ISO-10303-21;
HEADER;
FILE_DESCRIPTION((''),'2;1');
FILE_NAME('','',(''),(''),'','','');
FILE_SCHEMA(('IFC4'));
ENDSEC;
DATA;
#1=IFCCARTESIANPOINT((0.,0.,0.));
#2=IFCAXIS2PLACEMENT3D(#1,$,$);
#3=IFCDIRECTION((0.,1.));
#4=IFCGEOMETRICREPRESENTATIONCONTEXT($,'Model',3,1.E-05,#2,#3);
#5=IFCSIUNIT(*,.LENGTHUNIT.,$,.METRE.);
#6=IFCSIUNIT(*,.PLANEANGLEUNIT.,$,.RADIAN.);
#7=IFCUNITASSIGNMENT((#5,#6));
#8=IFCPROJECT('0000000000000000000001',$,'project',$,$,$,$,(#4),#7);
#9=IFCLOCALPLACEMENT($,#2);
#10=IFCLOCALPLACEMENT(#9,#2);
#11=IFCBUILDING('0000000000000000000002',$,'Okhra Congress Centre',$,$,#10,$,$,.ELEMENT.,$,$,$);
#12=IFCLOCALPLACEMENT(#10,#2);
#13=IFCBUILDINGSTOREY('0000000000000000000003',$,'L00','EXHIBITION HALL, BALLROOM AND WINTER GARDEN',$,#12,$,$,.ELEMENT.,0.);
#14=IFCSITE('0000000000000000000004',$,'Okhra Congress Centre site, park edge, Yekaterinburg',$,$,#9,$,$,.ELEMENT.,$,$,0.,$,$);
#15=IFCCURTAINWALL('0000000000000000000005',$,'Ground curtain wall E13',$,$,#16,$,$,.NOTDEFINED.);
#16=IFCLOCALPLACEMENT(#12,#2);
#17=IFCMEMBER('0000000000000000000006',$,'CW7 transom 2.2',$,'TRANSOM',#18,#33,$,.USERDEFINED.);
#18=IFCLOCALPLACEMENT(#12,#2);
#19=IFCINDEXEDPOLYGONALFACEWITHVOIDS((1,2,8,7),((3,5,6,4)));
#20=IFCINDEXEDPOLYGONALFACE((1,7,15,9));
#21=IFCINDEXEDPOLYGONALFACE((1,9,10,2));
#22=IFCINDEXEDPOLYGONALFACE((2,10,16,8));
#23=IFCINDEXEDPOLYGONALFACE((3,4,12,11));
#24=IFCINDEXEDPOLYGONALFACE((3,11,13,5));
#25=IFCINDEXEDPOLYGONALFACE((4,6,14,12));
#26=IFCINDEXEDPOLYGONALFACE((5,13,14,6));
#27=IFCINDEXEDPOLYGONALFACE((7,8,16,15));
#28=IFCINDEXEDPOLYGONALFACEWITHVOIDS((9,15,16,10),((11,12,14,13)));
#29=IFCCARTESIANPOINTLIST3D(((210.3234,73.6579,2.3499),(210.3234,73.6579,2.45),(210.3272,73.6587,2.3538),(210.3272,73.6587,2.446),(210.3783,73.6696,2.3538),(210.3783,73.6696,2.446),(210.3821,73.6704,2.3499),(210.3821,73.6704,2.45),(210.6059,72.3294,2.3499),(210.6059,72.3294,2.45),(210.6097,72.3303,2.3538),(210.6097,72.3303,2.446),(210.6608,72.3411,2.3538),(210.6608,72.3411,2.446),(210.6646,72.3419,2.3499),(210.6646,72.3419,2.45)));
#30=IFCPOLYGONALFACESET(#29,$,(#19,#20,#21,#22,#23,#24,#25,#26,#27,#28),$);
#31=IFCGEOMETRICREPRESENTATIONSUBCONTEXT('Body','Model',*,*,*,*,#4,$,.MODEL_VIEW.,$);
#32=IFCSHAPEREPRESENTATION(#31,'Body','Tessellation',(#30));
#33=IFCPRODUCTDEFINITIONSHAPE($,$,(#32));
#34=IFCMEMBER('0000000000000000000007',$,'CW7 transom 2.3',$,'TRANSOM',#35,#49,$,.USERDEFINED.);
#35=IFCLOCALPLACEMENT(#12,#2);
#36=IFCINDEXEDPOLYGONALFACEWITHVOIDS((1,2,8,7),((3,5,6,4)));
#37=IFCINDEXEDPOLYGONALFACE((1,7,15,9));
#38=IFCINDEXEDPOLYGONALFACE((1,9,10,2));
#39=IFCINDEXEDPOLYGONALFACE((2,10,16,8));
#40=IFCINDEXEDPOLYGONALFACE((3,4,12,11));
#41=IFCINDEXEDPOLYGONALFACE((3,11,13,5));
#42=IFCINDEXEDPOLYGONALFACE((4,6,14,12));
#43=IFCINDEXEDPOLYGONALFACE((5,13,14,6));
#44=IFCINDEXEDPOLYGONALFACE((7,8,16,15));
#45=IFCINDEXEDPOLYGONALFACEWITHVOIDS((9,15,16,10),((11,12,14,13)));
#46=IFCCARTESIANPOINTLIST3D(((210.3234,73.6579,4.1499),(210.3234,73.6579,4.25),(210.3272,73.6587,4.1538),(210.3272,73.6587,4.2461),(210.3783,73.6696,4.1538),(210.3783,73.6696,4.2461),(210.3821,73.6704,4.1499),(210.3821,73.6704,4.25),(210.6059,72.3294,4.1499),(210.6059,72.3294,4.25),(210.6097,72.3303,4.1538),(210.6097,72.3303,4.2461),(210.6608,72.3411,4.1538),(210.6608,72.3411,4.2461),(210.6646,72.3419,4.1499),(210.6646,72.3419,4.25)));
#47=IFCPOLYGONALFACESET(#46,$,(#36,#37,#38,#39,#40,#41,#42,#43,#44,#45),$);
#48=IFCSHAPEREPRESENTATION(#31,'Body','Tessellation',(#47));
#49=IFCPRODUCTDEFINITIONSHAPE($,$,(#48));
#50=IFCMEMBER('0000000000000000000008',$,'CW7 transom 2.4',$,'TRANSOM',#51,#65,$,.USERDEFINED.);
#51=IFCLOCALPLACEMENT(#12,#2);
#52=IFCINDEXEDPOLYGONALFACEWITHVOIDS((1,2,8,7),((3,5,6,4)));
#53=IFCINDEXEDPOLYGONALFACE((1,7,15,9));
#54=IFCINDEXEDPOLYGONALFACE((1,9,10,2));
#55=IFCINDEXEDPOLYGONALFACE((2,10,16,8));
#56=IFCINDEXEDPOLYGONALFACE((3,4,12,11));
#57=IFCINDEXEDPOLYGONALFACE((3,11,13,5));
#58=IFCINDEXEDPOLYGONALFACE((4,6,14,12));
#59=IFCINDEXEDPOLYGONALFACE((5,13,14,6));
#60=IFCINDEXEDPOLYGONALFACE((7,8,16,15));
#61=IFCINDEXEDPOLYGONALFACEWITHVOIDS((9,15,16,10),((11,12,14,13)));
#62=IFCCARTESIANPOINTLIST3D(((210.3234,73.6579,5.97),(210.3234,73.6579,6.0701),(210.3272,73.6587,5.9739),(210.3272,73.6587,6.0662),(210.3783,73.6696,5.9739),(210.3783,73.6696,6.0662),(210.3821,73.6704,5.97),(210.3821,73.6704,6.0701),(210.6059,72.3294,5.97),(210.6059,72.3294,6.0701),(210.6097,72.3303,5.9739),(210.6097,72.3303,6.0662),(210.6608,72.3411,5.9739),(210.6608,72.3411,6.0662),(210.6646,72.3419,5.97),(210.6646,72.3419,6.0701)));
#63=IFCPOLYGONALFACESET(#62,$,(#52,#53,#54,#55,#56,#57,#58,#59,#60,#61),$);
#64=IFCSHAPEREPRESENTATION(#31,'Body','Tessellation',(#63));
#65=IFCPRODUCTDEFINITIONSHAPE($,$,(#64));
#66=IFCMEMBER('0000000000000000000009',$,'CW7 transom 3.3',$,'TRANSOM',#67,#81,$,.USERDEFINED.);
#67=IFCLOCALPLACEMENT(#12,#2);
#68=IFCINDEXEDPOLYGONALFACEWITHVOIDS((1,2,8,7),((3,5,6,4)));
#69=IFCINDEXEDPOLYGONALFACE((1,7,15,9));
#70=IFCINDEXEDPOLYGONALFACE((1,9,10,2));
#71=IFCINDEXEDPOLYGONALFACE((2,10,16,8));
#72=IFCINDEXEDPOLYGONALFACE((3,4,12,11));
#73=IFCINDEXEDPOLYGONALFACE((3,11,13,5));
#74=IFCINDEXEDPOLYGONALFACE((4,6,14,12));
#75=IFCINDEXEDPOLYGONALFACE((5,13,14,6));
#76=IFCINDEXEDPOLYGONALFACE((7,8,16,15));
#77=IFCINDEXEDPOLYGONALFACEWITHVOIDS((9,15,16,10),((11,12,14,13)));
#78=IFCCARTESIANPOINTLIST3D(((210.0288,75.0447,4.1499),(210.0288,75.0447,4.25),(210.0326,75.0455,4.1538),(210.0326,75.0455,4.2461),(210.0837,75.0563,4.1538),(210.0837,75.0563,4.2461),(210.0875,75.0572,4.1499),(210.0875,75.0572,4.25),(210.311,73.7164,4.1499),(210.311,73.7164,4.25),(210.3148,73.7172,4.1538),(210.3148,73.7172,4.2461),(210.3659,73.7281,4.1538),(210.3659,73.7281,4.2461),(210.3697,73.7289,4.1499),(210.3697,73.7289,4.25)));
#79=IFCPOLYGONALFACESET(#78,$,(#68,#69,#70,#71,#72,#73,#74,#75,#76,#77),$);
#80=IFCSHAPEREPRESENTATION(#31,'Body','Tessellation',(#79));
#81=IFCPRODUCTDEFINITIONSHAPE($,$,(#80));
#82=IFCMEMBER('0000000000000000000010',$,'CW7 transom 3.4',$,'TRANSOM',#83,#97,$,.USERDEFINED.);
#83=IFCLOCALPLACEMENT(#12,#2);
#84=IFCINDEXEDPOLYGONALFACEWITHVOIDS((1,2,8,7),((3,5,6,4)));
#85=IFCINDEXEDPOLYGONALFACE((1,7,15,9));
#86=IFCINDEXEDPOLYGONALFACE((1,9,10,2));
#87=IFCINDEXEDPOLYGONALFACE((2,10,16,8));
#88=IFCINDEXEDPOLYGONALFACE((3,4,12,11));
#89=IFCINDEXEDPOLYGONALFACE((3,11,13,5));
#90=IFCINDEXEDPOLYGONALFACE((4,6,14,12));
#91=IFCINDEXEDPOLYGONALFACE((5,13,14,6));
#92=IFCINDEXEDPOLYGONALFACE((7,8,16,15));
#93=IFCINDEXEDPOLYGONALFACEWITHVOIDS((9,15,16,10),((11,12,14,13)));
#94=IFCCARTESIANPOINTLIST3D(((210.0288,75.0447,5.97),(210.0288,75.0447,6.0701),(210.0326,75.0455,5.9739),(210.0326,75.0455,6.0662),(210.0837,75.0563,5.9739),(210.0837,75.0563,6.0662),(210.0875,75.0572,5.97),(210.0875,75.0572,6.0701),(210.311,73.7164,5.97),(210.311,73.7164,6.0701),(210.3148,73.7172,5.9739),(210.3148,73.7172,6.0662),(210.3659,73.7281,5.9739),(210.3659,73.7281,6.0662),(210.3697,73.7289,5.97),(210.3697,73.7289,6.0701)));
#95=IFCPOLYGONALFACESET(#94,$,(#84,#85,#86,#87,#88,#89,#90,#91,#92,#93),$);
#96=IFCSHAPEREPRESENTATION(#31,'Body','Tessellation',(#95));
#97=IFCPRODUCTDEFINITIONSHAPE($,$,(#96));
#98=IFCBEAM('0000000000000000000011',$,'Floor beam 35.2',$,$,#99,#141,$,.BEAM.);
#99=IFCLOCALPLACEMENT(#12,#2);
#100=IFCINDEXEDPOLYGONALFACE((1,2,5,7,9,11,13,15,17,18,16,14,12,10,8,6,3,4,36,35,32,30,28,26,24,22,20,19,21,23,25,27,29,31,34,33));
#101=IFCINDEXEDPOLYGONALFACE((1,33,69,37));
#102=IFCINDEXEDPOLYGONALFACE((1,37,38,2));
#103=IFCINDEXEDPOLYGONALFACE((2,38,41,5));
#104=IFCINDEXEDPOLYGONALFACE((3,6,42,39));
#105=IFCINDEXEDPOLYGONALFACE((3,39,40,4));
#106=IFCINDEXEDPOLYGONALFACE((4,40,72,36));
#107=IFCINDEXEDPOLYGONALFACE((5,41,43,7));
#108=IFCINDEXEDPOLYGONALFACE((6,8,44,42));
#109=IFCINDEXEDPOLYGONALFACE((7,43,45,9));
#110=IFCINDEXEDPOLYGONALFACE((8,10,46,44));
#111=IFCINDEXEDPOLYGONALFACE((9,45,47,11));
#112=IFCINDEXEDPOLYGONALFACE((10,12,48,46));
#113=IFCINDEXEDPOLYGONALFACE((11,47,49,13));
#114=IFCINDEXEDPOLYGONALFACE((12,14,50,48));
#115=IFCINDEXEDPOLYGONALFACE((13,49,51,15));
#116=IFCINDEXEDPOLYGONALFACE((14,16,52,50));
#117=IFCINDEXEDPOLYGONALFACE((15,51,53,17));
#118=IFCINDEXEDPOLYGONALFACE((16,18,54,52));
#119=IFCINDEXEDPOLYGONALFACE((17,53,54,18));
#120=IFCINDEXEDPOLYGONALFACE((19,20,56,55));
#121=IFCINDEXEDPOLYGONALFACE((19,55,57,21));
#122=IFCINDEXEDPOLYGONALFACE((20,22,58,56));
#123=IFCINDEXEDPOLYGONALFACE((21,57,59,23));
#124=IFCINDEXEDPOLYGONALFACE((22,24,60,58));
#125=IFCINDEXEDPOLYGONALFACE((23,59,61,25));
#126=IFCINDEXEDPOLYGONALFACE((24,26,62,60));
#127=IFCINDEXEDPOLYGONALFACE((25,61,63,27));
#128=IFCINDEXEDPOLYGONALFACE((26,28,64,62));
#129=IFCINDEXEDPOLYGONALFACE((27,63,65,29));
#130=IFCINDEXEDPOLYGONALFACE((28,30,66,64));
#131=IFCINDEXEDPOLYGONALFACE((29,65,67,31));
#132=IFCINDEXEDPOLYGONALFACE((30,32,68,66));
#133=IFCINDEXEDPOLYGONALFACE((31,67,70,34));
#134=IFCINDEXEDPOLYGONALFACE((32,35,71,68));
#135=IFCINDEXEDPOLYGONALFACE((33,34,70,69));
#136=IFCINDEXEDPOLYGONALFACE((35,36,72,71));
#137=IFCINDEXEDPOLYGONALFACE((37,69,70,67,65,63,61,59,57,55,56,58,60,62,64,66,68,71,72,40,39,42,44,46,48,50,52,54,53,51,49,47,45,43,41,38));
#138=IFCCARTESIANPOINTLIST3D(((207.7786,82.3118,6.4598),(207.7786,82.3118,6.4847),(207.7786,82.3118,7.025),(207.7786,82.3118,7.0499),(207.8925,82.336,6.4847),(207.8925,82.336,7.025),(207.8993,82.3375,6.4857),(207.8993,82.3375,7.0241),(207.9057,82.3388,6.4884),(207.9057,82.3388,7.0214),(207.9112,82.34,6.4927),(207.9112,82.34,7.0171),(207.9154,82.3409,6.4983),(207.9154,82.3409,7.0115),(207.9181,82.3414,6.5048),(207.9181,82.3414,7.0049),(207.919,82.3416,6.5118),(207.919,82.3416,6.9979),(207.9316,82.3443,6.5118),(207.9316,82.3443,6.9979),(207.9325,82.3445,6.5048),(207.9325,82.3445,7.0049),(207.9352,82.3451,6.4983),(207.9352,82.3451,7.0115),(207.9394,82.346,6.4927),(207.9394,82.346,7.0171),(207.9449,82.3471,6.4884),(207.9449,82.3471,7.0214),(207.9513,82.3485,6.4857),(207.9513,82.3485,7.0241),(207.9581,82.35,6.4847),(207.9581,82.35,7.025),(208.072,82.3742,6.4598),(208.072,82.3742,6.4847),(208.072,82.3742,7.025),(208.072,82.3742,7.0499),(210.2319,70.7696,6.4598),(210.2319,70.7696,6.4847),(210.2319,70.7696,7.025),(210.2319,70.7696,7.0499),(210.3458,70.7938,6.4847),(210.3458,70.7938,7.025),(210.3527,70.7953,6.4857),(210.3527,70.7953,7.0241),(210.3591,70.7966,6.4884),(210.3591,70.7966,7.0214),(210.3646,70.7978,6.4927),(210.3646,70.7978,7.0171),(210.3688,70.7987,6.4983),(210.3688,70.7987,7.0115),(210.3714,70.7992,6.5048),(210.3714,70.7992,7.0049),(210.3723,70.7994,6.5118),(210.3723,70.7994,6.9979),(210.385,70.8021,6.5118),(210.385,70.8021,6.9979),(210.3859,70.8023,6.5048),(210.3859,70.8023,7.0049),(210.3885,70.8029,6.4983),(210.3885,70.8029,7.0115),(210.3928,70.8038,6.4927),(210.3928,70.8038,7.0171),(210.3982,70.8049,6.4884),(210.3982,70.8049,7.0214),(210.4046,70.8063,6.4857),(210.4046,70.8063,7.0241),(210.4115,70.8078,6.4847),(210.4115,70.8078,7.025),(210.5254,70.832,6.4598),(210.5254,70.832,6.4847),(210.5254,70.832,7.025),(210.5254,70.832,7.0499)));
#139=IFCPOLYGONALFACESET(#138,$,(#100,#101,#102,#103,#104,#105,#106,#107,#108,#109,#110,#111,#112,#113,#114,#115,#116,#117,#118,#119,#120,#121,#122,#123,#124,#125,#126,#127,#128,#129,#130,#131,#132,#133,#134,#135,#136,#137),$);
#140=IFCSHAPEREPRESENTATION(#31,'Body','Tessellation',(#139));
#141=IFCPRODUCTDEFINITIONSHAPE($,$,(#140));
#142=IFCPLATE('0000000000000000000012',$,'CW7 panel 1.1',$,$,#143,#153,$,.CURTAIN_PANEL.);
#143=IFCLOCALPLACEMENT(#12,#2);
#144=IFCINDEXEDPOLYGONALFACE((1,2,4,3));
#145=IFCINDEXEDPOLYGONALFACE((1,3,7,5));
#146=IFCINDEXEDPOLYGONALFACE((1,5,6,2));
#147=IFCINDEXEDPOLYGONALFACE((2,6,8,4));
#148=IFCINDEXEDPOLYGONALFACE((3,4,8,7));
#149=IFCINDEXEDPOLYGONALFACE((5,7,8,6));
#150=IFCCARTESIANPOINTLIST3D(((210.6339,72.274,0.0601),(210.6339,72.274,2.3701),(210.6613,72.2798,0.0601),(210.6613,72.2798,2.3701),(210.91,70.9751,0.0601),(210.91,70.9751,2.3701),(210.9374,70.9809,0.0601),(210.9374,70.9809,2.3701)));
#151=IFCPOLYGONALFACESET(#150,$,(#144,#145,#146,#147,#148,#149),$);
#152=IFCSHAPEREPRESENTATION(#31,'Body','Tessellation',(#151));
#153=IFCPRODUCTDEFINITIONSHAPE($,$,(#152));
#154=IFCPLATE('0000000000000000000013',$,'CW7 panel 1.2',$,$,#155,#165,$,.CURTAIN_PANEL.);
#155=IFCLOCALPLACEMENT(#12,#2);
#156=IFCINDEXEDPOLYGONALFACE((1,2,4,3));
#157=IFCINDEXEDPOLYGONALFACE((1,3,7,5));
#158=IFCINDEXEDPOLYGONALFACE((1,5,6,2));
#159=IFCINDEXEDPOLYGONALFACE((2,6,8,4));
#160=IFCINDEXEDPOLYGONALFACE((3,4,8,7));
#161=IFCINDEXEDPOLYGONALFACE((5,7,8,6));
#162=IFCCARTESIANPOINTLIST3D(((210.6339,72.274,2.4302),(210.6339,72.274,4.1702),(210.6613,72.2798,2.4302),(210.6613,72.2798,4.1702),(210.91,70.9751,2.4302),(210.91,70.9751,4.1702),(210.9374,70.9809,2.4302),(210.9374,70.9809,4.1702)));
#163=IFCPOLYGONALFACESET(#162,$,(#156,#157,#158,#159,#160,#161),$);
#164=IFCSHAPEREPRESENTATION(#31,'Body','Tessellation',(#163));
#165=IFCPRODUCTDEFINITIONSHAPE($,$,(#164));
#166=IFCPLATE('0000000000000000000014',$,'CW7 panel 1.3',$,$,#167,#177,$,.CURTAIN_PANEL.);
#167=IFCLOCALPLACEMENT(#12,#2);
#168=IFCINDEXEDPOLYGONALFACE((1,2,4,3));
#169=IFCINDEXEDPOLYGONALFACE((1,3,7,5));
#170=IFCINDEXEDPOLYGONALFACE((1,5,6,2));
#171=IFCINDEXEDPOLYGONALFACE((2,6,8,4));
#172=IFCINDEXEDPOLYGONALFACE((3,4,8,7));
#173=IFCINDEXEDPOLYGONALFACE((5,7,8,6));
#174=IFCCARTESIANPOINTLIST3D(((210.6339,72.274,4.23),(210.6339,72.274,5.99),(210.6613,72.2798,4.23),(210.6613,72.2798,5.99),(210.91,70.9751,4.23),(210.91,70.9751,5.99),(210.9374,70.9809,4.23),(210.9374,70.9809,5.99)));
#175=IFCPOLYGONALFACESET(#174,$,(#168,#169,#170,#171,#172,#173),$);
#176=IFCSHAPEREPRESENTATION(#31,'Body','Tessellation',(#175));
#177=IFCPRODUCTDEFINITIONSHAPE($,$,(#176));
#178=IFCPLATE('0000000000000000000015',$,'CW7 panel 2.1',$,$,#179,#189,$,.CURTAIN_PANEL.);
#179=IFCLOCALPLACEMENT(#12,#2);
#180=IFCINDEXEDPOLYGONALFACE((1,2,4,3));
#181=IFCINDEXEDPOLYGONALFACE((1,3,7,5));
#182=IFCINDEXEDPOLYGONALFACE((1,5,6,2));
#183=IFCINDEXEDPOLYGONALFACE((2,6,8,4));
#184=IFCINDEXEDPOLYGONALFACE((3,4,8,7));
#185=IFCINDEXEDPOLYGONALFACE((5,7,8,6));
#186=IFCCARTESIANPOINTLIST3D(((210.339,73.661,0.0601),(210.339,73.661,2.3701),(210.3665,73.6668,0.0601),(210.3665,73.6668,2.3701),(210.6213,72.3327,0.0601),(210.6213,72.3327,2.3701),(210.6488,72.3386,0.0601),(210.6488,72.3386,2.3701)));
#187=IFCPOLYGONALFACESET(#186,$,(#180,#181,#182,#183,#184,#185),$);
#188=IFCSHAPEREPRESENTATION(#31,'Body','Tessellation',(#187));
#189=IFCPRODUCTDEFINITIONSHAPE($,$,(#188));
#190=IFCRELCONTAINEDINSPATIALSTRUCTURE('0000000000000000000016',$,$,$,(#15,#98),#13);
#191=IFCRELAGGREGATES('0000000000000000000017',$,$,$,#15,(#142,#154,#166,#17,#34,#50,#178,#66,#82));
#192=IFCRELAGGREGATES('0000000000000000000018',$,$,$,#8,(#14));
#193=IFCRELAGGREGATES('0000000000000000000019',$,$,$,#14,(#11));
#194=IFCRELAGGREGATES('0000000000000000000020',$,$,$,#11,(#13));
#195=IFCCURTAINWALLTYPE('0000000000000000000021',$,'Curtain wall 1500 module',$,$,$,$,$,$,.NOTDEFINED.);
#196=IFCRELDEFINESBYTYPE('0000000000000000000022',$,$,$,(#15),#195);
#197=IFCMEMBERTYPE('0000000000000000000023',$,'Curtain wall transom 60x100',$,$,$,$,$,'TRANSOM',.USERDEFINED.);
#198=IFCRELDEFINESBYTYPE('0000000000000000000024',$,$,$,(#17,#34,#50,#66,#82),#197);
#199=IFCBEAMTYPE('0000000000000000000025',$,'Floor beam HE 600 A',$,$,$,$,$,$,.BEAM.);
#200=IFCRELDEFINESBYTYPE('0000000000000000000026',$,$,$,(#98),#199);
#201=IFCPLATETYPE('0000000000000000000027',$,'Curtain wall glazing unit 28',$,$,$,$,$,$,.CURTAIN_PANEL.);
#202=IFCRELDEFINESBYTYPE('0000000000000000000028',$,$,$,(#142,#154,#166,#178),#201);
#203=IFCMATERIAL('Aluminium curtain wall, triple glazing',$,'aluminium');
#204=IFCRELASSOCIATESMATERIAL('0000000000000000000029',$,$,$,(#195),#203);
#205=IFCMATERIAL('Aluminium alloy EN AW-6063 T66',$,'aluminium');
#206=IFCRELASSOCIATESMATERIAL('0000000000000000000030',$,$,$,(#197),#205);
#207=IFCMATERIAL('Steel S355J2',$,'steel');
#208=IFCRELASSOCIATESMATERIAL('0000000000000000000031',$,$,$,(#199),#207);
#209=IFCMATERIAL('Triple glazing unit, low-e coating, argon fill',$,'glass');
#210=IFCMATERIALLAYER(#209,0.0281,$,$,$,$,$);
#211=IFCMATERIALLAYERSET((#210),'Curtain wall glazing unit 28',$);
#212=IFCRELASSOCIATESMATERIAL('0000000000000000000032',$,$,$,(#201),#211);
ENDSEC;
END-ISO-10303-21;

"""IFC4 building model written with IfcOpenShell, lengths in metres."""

from ifc_helpers import new_model, si_unit, direction, frame, origin, origin_2d, place, context, subcontext, project, spatial, rectangle, hollow_rectangle, i_section, extrude, material, layer, layer_set, material_profile, profile_set, type_object, element, aggregate, save


model = new_model("IFC4")

# Units and contexts
model_context = context("Model", 3, precision=1e-05, world=origin(), true_north=direction((0.0, 1.0)))
body_context = subcontext(model_context, "Body", "Model", "MODEL_VIEW")
ifc_project = project(units=[si_unit("LENGTHUNIT", "METRE"), si_unit("PLANEANGLEUNIT", "RADIAN")], contexts=[model_context])

# Site, building, storey
site_placement = place(None, origin())
site = spatial("IfcSite", under=ifc_project, at=site_placement, Name="Okhra Congress Centre site, park edge, Yekaterinburg", CompositionType="ELEMENT", RefElevation=0.0)
building_placement = place(site_placement, origin())
building = spatial("IfcBuilding", under=site, at=building_placement, Name="Okhra Congress Centre", CompositionType="ELEMENT")
storey_placement = place(building_placement, origin())
storey = spatial("IfcBuildingStorey", under=building, at=storey_placement, Name="L00", Description="EXHIBITION HALL, BALLROOM AND WINTER GARDEN", CompositionType="ELEMENT", Elevation=0.0)

# Curtain wall, members
ifc_material_1 = material(Name="Aluminium curtain wall, triple glazing", Category="aluminium")
curtain_wall_type = type_object("IfcCurtainWallType", Name="Curtain wall 1500 module", PredefinedType="NOTDEFINED", material=ifc_material_1)
curtain_wall_placement = place(storey_placement, origin())
curtain_wall = element("IfcCurtainWall", 1, at=curtain_wall_placement, inside=storey, type_object=curtain_wall_type, Name="Ground curtain wall E13", PredefinedType="NOTDEFINED")
ifc_material_2 = material(Name="Aluminium alloy EN AW-6063 T66", Category="aluminium")
ifc_material_profile_1 = material_profile(ifc_material_2, hollow_rectangle(XDim=0.0601, YDim=0.1001, WallThickness=0.0039, at=origin_2d()), Name="RHS 60x100x4")
ifc_profile_set_1 = profile_set([ifc_material_profile_1], Name="Aluminium alloy EN AW-6063 T66")
member_type_1 = type_object("IfcMemberType", Name="Curtain wall transom 60x100", ElementType="TRANSOM", PredefinedType="USERDEFINED", material=ifc_profile_set_1)
member_1_placement = place(storey_placement, frame((210.6353, 72.3357, 2.3999), z_axis=(-0.207994, 0.97813, 0.0), x_axis=(-0.97813, -0.207994, 0.0)))
member_1 = element("IfcMember", 2, at=member_1_placement, type_object=member_type_1, Name="CW7 transom 2.2", ObjectType="TRANSOM", PredefinedType="USERDEFINED", context=body_context, shape_type="SweptSolid", body=[
    extrude(hollow_rectangle(XDim=0.0601, YDim=0.1001, WallThickness=0.0039, at=origin_2d()), origin(), (0.0, 0.0, 1.0), 1.3582),
])
member_2_placement = place(storey_placement, frame((210.6353, 72.3357, 4.2), z_axis=(-0.207994, 0.97813, 0.0), x_axis=(-0.97813, -0.207994, 0.0)))
member_2 = element("IfcMember", 3, at=member_2_placement, type_object=member_type_1, Name="CW7 transom 2.3", ObjectType="TRANSOM", PredefinedType="USERDEFINED", context=body_context, shape_type="SweptSolid", body=[
    extrude(hollow_rectangle(XDim=0.0601, YDim=0.1001, WallThickness=0.0039, at=origin_2d()), origin(), (0.0, 0.0, 1.0), 1.3582),
])
member_3_placement = place(storey_placement, frame((210.6353, 72.3357, 6.02), z_axis=(-0.207994, 0.97813, 0.0), x_axis=(-0.97813, -0.207994, 0.0)))
member_3 = element("IfcMember", 4, at=member_3_placement, type_object=member_type_1, Name="CW7 transom 2.4", ObjectType="TRANSOM", PredefinedType="USERDEFINED", context=body_context, shape_type="SweptSolid", body=[
    extrude(hollow_rectangle(XDim=0.0601, YDim=0.1001, WallThickness=0.0039, at=origin_2d()), origin(), (0.0, 0.0, 1.0), 1.3582),
])
member_4_placement = place(storey_placement, frame((210.3403, 73.7227, 4.2), z_axis=(-0.207822, 0.978167, 0.0), x_axis=(-0.978167, -0.207822, 0.0)))
member_4 = element("IfcMember", 5, at=member_4_placement, type_object=member_type_1, Name="CW7 transom 3.3", ObjectType="TRANSOM", PredefinedType="USERDEFINED", context=body_context, shape_type="SweptSolid", body=[
    extrude(hollow_rectangle(XDim=0.0601, YDim=0.1001, WallThickness=0.0039, at=origin_2d()), origin(), (0.0, 0.0, 1.0), 1.3579),
])
member_5_placement = place(storey_placement, frame((210.3403, 73.7227, 6.02), z_axis=(-0.207822, 0.978167, 0.0), x_axis=(-0.978167, -0.207822, 0.0)))
member_5 = element("IfcMember", 6, at=member_5_placement, type_object=member_type_1, Name="CW7 transom 3.4", ObjectType="TRANSOM", PredefinedType="USERDEFINED", context=body_context, shape_type="SweptSolid", body=[
    extrude(hollow_rectangle(XDim=0.0601, YDim=0.1001, WallThickness=0.0039, at=origin_2d()), origin(), (0.0, 0.0, 1.0), 1.3579),
])

# Beam
ifc_material_3 = material(Name="Steel S355J2", Category="steel")
ifc_material_profile_2 = material_profile(ifc_material_3, i_section(OverallWidth=0.3, OverallDepth=0.5901, WebThickness=0.0129, FlangeThickness=0.0249, FilletRadius=0.0271, at=origin_2d()), Name="HE 600 A")
ifc_profile_set_2 = profile_set([ifc_material_profile_2], Name="Steel S355J2")
beam_type = type_object("IfcBeamType", Name="Floor beam HE 600 A", PredefinedType="BEAM", material=ifc_profile_set_2)
beam_placement = place(storey_placement, frame((210.3787, 70.8008, 6.7549), z_axis=(-0.207911, 0.978148, 0.0), x_axis=(-0.978148, -0.207911, 0.0)))
element("IfcBeam", 7, at=beam_placement, inside=storey, type_object=beam_type, Name="Floor beam 35.2", PredefinedType="BEAM", context=body_context, shape_type="SweptSolid", body=[
    extrude(i_section(OverallWidth=0.3, OverallDepth=0.5901, WebThickness=0.0129, FlangeThickness=0.0249, FilletRadius=0.0271, at=origin_2d()), origin(), (0.0, 0.0, 1.0), 11.8),
])

# Plates
ifc_material_4 = material(Name="Triple glazing unit, low-e coating, argon fill", Category="glass")
ifc_layer_1 = layer(ifc_material_4, 0.0281)
ifc_layer_set_1 = layer_set([ifc_layer_1], Name="Curtain wall glazing unit 28")
plate_type = type_object("IfcPlateType", Name="Curtain wall glazing unit 28", PredefinedType="CURTAIN_PANEL", material=ifc_layer_set_1)
plate_1_placement = place(storey_placement, frame((210.7856, 71.6274, 0.0601), z_axis=(0.0, 0.0, 1.0), x_axis=(-0.207912, 0.978148, 0.0)))
plate_1 = element("IfcPlate", 8, at=plate_1_placement, type_object=plate_type, Name="CW7 panel 1.1", PredefinedType="CURTAIN_PANEL", context=body_context, shape_type="SweptSolid", body=[
    extrude(rectangle(XDim=1.3279, YDim=0.0281, at=origin_2d()), origin(), (0.0, 0.0, 1.0), 2.3101),
])
plate_2_placement = place(storey_placement, frame((210.7856, 71.6274, 2.4302), z_axis=(0.0, 0.0, 1.0), x_axis=(-0.207912, 0.978148, 0.0)))
plate_2 = element("IfcPlate", 9, at=plate_2_placement, type_object=plate_type, Name="CW7 panel 1.2", PredefinedType="CURTAIN_PANEL", context=body_context, shape_type="SweptSolid", body=[
    extrude(rectangle(XDim=1.3279, YDim=0.0281, at=origin_2d()), origin(), (0.0, 0.0, 1.0), 1.74),
])
plate_3_placement = place(storey_placement, frame((210.7856, 71.6274, 4.23), z_axis=(0.0, 0.0, 1.0), x_axis=(-0.207912, 0.978148, 0.0)))
plate_3 = element("IfcPlate", 10, at=plate_3_placement, type_object=plate_type, Name="CW7 panel 1.3", PredefinedType="CURTAIN_PANEL", context=body_context, shape_type="SweptSolid", body=[
    extrude(rectangle(XDim=1.3279, YDim=0.0281, at=origin_2d()), origin(), (0.0, 0.0, 1.0), 1.76),
])
plate_4_placement = place(storey_placement, frame((210.4939, 72.9998, 0.0601), z_axis=(0.0, 0.0, 1.0), x_axis=(-0.207912, 0.978148, 0.0)))
plate_4 = element("IfcPlate", 11, at=plate_4_placement, type_object=plate_type, Name="CW7 panel 2.1", PredefinedType="CURTAIN_PANEL", context=body_context, shape_type="SweptSolid", body=[
    extrude(rectangle(XDim=1.3579, YDim=0.0281, at=origin_2d()), origin(), (0.0, 0.0, 1.0), 2.3101),
])
aggregate(curtain_wall, [plate_1, plate_2, plate_3, member_1, member_2, member_3, plate_4, member_4, member_5])

save(model, "model.ifc")
